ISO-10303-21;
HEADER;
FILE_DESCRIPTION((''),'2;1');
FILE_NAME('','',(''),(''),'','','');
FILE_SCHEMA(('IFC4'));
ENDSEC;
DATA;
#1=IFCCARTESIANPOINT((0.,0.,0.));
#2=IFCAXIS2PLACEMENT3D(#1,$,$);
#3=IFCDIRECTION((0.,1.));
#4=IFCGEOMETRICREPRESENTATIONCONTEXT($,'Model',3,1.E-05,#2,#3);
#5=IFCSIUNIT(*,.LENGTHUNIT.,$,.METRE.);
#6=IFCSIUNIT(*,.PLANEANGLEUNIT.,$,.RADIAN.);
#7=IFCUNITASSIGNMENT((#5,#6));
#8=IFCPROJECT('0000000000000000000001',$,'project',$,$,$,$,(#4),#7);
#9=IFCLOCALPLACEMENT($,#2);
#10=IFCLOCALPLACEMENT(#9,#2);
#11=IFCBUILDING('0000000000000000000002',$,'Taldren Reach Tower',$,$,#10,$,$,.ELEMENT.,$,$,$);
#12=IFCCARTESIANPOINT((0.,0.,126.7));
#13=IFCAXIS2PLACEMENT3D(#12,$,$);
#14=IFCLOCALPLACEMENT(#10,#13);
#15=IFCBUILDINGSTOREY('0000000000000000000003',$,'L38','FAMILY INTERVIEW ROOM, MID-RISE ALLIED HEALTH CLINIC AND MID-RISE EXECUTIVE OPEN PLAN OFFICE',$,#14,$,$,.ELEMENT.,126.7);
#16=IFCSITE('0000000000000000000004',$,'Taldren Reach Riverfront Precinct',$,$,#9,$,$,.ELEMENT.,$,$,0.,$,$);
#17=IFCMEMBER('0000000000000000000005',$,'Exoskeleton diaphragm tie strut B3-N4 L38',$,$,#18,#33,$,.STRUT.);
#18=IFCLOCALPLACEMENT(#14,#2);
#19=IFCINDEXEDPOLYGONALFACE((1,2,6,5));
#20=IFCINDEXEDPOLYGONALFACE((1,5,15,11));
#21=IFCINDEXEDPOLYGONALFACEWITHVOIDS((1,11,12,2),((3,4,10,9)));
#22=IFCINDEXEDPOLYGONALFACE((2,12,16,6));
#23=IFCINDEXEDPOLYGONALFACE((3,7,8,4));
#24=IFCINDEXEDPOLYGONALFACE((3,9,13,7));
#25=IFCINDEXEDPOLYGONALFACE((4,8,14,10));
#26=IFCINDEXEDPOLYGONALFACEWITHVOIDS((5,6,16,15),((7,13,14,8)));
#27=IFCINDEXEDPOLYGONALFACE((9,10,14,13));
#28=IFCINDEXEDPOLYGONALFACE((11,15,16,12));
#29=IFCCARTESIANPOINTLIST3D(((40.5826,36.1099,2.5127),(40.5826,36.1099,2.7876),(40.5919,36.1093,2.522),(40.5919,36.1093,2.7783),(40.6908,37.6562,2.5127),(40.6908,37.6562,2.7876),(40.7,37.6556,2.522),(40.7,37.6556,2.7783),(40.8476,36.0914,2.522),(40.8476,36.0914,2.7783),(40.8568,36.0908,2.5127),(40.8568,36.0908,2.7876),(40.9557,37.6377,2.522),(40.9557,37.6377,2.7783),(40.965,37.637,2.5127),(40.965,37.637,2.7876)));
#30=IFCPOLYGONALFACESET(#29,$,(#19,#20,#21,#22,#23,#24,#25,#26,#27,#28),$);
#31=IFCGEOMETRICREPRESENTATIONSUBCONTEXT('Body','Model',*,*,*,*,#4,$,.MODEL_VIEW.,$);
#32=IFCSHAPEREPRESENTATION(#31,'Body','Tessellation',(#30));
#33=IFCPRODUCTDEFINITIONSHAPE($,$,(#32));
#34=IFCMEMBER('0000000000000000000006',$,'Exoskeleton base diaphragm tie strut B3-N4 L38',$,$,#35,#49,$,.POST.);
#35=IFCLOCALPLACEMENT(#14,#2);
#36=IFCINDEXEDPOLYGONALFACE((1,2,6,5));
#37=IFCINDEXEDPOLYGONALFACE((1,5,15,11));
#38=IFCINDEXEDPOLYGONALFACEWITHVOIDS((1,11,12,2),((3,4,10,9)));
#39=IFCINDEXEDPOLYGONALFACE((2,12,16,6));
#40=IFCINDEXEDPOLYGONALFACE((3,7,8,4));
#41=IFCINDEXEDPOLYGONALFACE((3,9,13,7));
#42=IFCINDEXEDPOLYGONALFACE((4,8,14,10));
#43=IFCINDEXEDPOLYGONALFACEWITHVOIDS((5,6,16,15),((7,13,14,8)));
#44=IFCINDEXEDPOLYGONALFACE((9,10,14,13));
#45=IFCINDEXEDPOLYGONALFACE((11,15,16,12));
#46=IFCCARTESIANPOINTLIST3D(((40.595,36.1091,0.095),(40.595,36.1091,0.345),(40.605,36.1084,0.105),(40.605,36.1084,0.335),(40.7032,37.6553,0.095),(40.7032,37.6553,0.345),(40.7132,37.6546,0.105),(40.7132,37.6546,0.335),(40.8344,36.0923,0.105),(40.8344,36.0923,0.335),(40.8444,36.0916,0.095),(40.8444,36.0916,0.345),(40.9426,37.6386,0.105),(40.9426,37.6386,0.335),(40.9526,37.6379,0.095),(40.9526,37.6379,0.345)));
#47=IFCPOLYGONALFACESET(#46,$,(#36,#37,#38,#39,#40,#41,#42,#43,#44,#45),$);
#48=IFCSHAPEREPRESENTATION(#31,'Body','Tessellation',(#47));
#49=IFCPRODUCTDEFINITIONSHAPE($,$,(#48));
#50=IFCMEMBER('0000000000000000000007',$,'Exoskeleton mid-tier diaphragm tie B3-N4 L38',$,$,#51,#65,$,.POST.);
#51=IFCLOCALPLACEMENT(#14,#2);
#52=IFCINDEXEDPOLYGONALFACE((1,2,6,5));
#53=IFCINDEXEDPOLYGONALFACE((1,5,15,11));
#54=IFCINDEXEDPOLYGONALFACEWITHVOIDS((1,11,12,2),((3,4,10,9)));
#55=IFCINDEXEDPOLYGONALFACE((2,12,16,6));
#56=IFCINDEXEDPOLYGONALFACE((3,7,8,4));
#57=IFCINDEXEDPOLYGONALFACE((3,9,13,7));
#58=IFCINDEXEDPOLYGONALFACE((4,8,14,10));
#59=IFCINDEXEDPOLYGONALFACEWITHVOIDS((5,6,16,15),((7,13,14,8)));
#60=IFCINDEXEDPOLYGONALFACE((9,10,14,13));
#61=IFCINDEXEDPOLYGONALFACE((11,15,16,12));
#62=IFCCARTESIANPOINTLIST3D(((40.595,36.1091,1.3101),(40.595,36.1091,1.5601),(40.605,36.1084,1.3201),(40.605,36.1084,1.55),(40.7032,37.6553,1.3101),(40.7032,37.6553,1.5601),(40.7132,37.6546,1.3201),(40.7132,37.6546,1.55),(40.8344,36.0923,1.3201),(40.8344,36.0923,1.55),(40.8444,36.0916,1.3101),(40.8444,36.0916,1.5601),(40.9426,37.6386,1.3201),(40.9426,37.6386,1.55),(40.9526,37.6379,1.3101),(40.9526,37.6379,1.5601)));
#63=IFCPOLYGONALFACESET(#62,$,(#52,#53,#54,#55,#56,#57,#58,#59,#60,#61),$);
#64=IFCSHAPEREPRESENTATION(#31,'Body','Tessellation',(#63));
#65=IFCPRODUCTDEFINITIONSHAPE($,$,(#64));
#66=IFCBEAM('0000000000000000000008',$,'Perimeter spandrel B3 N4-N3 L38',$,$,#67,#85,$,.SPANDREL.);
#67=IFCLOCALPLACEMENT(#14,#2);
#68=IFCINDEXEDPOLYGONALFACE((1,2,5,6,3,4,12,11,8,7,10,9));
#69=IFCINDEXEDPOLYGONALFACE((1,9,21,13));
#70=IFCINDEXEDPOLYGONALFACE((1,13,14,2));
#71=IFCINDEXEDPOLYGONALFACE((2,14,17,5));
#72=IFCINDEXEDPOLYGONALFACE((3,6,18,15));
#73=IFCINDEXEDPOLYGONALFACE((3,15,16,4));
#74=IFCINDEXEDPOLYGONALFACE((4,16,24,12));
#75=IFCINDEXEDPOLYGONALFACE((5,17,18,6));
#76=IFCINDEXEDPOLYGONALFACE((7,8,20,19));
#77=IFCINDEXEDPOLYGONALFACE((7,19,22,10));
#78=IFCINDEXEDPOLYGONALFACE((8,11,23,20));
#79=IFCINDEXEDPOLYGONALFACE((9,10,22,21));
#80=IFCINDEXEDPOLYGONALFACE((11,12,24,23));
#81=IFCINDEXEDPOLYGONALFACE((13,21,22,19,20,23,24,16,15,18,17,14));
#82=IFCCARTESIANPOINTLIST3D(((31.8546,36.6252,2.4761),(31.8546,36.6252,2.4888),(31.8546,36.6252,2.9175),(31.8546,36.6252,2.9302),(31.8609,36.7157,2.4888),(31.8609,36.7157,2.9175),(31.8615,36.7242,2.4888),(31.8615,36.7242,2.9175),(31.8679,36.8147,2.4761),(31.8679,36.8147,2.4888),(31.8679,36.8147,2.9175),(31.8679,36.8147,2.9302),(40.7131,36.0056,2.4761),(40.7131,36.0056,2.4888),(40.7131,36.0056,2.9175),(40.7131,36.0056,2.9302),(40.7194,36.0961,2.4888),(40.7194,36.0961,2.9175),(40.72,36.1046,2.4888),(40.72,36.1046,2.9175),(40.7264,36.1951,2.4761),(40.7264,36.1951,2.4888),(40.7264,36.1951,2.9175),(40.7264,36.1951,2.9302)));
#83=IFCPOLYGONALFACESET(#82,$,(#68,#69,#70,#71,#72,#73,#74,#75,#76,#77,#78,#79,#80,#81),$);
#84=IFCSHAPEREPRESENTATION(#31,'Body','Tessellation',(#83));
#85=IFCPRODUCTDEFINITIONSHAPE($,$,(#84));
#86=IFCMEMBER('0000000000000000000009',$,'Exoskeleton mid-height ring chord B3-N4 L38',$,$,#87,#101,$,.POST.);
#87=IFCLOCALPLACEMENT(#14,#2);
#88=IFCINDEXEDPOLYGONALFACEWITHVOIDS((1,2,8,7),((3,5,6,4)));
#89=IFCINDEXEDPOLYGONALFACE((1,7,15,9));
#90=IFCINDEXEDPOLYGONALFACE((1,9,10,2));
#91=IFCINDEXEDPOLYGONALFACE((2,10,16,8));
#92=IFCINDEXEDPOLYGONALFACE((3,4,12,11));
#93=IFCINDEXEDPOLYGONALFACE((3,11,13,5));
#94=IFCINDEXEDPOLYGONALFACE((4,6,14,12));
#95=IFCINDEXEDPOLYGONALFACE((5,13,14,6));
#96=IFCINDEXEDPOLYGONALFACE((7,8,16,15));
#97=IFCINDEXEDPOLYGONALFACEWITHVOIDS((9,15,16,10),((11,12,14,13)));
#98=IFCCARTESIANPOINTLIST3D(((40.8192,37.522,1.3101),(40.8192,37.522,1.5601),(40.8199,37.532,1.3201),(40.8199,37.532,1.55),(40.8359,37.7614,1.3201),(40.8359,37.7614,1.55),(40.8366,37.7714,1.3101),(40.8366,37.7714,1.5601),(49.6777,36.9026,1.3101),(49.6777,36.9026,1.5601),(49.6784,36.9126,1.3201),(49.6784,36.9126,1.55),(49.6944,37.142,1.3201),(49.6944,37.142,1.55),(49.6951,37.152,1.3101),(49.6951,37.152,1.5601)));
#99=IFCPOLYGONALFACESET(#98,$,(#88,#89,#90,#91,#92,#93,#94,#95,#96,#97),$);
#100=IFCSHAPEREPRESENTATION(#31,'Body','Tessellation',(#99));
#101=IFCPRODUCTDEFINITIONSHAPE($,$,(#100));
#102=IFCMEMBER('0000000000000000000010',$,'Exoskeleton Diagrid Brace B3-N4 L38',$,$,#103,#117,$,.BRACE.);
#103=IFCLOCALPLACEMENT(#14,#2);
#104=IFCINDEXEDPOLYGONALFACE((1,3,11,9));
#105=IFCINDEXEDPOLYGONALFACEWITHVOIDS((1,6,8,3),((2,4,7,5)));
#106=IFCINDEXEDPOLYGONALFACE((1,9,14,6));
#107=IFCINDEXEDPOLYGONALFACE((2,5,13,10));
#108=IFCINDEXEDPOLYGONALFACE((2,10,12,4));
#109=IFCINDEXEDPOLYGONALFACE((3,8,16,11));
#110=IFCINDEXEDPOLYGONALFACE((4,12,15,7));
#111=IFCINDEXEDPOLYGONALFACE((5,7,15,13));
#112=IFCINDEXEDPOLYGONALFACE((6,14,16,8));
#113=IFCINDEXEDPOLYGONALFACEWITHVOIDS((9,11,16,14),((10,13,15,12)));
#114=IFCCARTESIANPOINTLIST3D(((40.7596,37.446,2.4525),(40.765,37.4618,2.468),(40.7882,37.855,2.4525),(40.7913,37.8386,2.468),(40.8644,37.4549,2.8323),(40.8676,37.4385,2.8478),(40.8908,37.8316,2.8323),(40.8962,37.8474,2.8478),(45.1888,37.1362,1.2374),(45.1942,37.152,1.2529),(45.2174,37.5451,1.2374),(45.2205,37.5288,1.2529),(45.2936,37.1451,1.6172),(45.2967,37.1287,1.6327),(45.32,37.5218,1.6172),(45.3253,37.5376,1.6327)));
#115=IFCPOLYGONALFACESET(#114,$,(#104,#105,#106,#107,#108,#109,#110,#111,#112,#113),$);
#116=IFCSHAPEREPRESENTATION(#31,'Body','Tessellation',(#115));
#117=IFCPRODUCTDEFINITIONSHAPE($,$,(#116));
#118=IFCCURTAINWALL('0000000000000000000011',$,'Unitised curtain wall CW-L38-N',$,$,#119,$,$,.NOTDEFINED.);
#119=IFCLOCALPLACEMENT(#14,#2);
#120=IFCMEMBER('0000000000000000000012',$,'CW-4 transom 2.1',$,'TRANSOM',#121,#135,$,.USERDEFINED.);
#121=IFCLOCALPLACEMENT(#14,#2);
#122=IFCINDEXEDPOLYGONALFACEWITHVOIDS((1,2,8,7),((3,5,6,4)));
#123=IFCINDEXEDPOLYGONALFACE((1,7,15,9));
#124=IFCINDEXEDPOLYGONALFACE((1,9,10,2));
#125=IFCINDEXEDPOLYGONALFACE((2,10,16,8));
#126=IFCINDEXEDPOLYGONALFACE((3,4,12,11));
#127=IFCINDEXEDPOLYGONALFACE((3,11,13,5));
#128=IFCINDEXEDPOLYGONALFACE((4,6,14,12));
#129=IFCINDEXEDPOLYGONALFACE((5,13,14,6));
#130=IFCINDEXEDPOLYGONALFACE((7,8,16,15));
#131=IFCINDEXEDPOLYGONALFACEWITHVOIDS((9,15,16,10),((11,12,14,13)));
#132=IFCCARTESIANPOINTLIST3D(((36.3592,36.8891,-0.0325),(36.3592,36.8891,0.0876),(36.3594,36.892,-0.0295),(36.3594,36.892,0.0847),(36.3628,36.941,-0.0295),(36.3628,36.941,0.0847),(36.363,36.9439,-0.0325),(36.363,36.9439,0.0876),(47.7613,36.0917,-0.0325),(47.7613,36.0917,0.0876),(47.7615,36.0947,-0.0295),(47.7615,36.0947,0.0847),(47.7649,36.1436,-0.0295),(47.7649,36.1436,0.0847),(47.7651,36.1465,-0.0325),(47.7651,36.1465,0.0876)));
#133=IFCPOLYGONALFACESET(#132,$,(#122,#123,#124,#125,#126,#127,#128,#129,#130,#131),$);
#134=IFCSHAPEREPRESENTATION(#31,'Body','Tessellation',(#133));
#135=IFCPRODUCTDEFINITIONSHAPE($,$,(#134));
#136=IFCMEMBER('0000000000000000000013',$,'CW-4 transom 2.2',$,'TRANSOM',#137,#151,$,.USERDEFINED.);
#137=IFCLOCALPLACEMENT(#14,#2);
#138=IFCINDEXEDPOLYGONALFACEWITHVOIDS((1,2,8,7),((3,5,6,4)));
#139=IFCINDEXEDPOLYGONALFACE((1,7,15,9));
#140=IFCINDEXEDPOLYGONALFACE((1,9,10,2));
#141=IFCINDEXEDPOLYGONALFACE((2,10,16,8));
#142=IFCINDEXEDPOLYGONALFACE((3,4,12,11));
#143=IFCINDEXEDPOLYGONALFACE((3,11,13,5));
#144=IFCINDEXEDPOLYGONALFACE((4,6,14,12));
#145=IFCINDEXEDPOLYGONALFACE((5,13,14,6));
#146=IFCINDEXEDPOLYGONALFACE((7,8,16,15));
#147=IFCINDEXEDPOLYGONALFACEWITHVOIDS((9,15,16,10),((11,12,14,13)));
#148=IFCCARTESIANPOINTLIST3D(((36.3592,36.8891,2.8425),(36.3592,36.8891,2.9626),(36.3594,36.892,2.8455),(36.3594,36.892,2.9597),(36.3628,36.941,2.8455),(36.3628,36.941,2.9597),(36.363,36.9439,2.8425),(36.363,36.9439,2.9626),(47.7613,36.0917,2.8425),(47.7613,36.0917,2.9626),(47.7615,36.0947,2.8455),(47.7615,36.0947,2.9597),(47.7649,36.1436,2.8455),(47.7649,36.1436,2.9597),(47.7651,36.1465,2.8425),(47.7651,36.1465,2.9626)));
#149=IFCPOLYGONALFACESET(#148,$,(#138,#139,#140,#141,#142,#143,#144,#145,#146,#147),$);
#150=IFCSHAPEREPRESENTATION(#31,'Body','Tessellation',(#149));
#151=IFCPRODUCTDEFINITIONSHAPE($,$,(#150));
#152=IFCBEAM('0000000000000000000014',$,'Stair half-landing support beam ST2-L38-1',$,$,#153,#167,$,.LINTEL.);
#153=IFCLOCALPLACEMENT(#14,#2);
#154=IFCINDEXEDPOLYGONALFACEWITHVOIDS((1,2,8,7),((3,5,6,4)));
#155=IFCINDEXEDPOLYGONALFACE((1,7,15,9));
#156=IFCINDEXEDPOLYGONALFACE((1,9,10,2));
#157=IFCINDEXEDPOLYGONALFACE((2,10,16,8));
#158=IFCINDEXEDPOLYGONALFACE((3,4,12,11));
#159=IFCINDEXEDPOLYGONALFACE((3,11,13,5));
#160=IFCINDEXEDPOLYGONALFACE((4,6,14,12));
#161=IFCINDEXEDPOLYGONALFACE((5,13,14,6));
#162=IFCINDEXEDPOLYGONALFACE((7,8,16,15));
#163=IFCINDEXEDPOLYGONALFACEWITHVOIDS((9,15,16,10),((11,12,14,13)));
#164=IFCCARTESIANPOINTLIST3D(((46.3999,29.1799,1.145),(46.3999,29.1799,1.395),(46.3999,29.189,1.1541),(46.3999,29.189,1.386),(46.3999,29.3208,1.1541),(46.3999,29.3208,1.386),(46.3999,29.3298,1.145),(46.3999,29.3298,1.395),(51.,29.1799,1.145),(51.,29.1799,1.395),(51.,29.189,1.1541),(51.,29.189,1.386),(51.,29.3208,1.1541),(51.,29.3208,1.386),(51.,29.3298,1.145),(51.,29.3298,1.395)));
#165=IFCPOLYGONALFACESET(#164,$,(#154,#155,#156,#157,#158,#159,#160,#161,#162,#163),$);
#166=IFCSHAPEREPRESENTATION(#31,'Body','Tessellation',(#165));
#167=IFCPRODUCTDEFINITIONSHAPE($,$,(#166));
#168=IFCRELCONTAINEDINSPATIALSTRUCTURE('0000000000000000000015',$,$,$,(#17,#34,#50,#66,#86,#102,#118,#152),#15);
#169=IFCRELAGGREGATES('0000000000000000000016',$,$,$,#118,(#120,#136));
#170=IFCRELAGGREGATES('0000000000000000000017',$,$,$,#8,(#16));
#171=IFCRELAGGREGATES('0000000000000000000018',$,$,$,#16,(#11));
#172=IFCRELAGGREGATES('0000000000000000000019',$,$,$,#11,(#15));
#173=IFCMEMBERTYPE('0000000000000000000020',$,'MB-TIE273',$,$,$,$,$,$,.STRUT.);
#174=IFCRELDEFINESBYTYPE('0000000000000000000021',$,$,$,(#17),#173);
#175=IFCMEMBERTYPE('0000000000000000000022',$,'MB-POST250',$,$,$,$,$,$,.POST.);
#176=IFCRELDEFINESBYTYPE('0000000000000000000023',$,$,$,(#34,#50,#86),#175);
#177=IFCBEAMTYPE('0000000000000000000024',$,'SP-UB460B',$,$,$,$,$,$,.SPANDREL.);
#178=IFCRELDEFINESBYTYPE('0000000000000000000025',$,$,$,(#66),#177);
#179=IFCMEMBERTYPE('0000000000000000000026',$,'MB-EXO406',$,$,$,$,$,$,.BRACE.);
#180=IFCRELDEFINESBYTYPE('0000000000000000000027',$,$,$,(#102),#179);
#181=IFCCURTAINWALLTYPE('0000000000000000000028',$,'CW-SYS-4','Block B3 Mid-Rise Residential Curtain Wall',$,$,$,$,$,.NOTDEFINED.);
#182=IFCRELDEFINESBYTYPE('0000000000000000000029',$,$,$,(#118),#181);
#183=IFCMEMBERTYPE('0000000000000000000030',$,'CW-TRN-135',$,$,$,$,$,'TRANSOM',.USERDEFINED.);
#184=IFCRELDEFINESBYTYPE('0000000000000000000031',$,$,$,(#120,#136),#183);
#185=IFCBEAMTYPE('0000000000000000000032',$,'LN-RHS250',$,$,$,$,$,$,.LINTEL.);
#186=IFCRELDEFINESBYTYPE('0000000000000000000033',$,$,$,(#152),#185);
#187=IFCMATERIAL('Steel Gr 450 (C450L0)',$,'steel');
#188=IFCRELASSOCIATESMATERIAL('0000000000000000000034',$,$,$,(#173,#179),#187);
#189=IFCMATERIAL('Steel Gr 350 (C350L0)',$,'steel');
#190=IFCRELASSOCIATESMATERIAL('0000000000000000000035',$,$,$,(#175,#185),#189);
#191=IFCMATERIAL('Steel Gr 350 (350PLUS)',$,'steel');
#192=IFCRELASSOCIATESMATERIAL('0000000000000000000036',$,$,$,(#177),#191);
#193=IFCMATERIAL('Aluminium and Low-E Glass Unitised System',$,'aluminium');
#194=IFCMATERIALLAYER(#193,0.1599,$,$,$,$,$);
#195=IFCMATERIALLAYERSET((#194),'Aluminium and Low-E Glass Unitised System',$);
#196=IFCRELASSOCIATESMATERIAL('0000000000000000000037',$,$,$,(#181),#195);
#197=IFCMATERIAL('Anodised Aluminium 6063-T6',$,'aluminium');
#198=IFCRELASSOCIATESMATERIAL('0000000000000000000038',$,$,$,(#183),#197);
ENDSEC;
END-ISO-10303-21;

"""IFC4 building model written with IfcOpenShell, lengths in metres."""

from ifc_helpers import new_model, si_unit, direction, frame, origin, origin_2d, place, context, subcontext, project, spatial, hollow_rectangle, i_section, extrude, source, transform, mapped, material, layer, layer_set, material_profile, profile_set, type_object, element, aggregate, save


model = new_model("IFC4")

# Units and contexts
model_context = context("Model", 3, precision=1e-05, world=origin(), true_north=direction((0.0, 1.0)))
body_context = subcontext(model_context, "Body", "Model", "MODEL_VIEW")
ifc_project = project(units=[si_unit("LENGTHUNIT", "METRE"), si_unit("PLANEANGLEUNIT", "RADIAN")], contexts=[model_context])

# Site, building, storey
site_placement = place(None, origin())
site = spatial("IfcSite", under=ifc_project, at=site_placement, Name="Taldren Reach Riverfront Precinct", CompositionType="ELEMENT", RefElevation=0.0)
building_placement = place(site_placement, origin())
building = spatial("IfcBuilding", under=site, at=building_placement, Name="Taldren Reach Tower", CompositionType="ELEMENT")
storey_placement = place(building_placement, frame((0.0, 0.0, 126.7)))
storey = spatial("IfcBuildingStorey", under=building, at=storey_placement, Name="L38", Description="FAMILY INTERVIEW ROOM, MID-RISE ALLIED HEALTH CLINIC AND MID-RISE EXECUTIVE OPEN PLAN OFFICE", CompositionType="ELEMENT", Elevation=126.7)

# Members
ifc_material_1 = material(Name="Steel Gr 450 (C450L0)", Category="steel")
ifc_material_profile_1 = material_profile(ifc_material_1, hollow_rectangle(XDim=0.2749, YDim=0.2749, WallThickness=0.0093, at=origin_2d()), Name="275x275x9.3SHS")
ifc_profile_set_1 = profile_set([ifc_material_profile_1], Name="Steel Gr 450 (C450L0)")
member_type_1 = type_object("IfcMemberType", Name="MB-TIE273", PredefinedType="STRUT", material=ifc_profile_set_1)
shared_shape_1 = source(origin(), body_context, "Body", "SweptSolid", [
    extrude(hollow_rectangle(XDim=0.2749, YDim=0.2749, WallThickness=0.0093, at=origin_2d()), origin(), (0.0, 0.0, 1.0), 1.55),
])
member_1_placement = place(storey_placement, frame((40.7197, 36.1003, 2.6501), z_axis=(0.06977, 0.997563, 0.0), x_axis=(-0.997563, 0.06977, 0.0)))
element("IfcMember", 1, at=member_1_placement, inside=storey, type_object=member_type_1, Name="Exoskeleton diaphragm tie strut B3-N4 L38", PredefinedType="STRUT", context=body_context, shape_type="MappedRepresentation", body=[
    mapped(shared_shape_1, transform((0.0, 0.0, 0.0), scale=1.0)),
])
ifc_material_2 = material(Name="Steel Gr 350 (C350L0)", Category="steel")
ifc_material_profile_2 = material_profile(ifc_material_2, hollow_rectangle(XDim=0.25, YDim=0.25, WallThickness=0.01, at=origin_2d()), Name="250x250x10.0SHS")
ifc_profile_set_2 = profile_set([ifc_material_profile_2], Name="Steel Gr 350 (C350L0)")
member_type_2 = type_object("IfcMemberType", Name="MB-POST250", PredefinedType="POST", material=ifc_profile_set_2)
shared_shape_2 = source(origin(), body_context, "Body", "SweptSolid", [
    extrude(hollow_rectangle(XDim=0.25, YDim=0.25, WallThickness=0.01, at=origin_2d()), origin(), (0.0, 0.0, 1.0), 1.55),
])
for number, where, z_axis, x_axis, name in (
    (2, (40.7197, 36.1003, 0.22), (0.06977, 0.997563, 0.0), (-0.997563, 0.06977, 0.0), "Exoskeleton base diaphragm tie strut B3-N4 L38"),
    (3, (40.7197, 36.1003, 1.4351), (0.06977, 0.997563, 0.0), (-0.997563, 0.06977, 0.0), "Exoskeleton mid-tier diaphragm tie B3-N4 L38"),
):
    element("IfcMember", number, at=place(storey_placement, frame(where, z_axis=z_axis, x_axis=x_axis)), inside=storey, type_object=member_type_2, Name=name, PredefinedType="POST", context=body_context, shape_type="MappedRepresentation", body=[
        mapped(shared_shape_2, transform((0.0, 0.0, 0.0), scale=1.0)),
    ])

# Beam
ifc_material_3 = material(Name="Steel Gr 350 (350PLUS)", Category="steel")
ifc_material_profile_3 = material_profile(ifc_material_3, i_section(OverallWidth=0.1899, OverallDepth=0.4541, WebThickness=0.0085, FlangeThickness=0.0127, at=origin_2d()), Name="460UB67.1")
ifc_profile_set_3 = profile_set([ifc_material_profile_3], Name="Steel Gr 350 (350PLUS)")
beam_type_1 = type_object("IfcBeamType", Name="SP-UB460B", PredefinedType="SPANDREL", material=ifc_profile_set_3)
shared_shape_3 = source(origin(), body_context, "Body", "SweptSolid", [
    extrude(i_section(OverallWidth=0.1899, OverallDepth=0.4541, WebThickness=0.0085, FlangeThickness=0.0127, at=origin_2d()), origin(), (0.0, 0.0, 1.0), 8.8801),
])
beam_placement = place(storey_placement, frame((40.7197, 36.1003, 2.7031), z_axis=(-0.997563, 0.069778, 0.0), x_axis=(-0.069778, -0.997563, 0.0)))
element("IfcBeam", 4, at=beam_placement, inside=storey, type_object=beam_type_1, Name="Perimeter spandrel B3 N4-N3 L38", PredefinedType="SPANDREL", context=body_context, shape_type="MappedRepresentation", body=[
    mapped(shared_shape_3, transform((0.0, 0.0, 0.0), scale=1.0)),
])

# Members
shared_shape_4 = source(origin(), body_context, "Body", "SweptSolid", [
    extrude(hollow_rectangle(XDim=0.25, YDim=0.25, WallThickness=0.01, at=origin_2d()), origin(), (0.0, 0.0, 1.0), 8.8801),
])
member_2_placement = place(storey_placement, frame((40.8279, 37.6467, 1.4351), z_axis=(0.997564, -0.06975, 0.0), x_axis=(0.06975, 0.997564, 0.0)))
element("IfcMember", 5, at=member_2_placement, inside=storey, type_object=member_type_2, Name="Exoskeleton mid-height ring chord B3-N4 L38", PredefinedType="POST", context=body_context, shape_type="MappedRepresentation", body=[
    mapped(shared_shape_4, transform((0.0, 0.0, 0.0), scale=1.0)),
])
ifc_material_profile_4 = material_profile(ifc_material_1, hollow_rectangle(XDim=0.4099, YDim=0.4099, WallThickness=0.0161, at=origin_2d()), Name="410x410x16.0SHS")
ifc_profile_set_4 = profile_set([ifc_material_profile_4], Name="Steel Gr 450 (C450L0)")
member_type_3 = type_object("IfcMemberType", Name="MB-EXO406", PredefinedType="BRACE", material=ifc_profile_set_4)
shared_shape_5 = source(origin(), body_context, "Body", "SweptSolid", [
    extrude(hollow_rectangle(XDim=0.4099, YDim=0.4099, WallThickness=0.0161, at=origin_2d()), origin(), (0.0, 0.0, 1.0), 4.6033),
])
member_3_placement = place(storey_placement, frame((45.2571, 37.3369, 1.4351), z_axis=(-0.962182, 0.067303, 0.263961), x_axis=(-0.069778, -0.997563, 0.0)))
element("IfcMember", 6, at=member_3_placement, inside=storey, type_object=member_type_3, Name="Exoskeleton Diagrid Brace B3-N4 L38", PredefinedType="BRACE", context=body_context, shape_type="MappedRepresentation", body=[
    mapped(shared_shape_5, transform((0.0, 0.0, 0.0), scale=1.0)),
])

# Curtain wall, members
ifc_material_4 = material(Name="Aluminium and Low-E Glass Unitised System", Category="aluminium")
ifc_layer_1 = layer(ifc_material_4, 0.1599)
ifc_layer_set_1 = layer_set([ifc_layer_1], Name="Aluminium and Low-E Glass Unitised System")
curtain_wall_type = type_object("IfcCurtainWallType", Name="CW-SYS-4", Description="Block B3 Mid-Rise Residential Curtain Wall", PredefinedType="NOTDEFINED", material=ifc_layer_set_1)
curtain_wall_placement = place(storey_placement, origin())
curtain_wall = element("IfcCurtainWall", 7, at=curtain_wall_placement, inside=storey, type_object=curtain_wall_type, Name="Unitised curtain wall CW-L38-N", PredefinedType="NOTDEFINED")
ifc_material_5 = material(Name="Anodised Aluminium 6063-T6", Category="aluminium")
ifc_material_profile_5 = material_profile(ifc_material_5, hollow_rectangle(XDim=0.0549, YDim=0.1201, WallThickness=0.0029, at=origin_2d()), Name="ALU-120x55x3RHS")
ifc_profile_set_5 = profile_set([ifc_material_profile_5], Name="Anodised Aluminium 6063-T6")
member_type_4 = type_object("IfcMemberType", Name="CW-TRN-135", ElementType="TRANSOM", PredefinedType="USERDEFINED", material=ifc_profile_set_5)
shared_shape_6 = source(origin(), body_context, "Body", "SweptSolid", [
    extrude(hollow_rectangle(XDim=0.0549, YDim=0.1201, WallThickness=0.0029, at=origin_2d()), origin(), (0.0, 0.0, 1.0), 11.4299),
])
member_4_placement = place(storey_placement, frame((47.7632, 36.1191, 0.0276), z_axis=(-0.997564, 0.069761, 0.0), x_axis=(-0.069761, -0.997564, 0.0)))
member_4 = element("IfcMember", 8, at=member_4_placement, type_object=member_type_4, Name="CW-4 transom 2.1", ObjectType="TRANSOM", PredefinedType="USERDEFINED", context=body_context, shape_type="MappedRepresentation", body=[
    mapped(shared_shape_6, transform((0.0, 0.0, 0.0), scale=1.0)),
])
member_5_placement = place(storey_placement, frame((47.7632, 36.1191, 2.9026), z_axis=(-0.997564, 0.069761, 0.0), x_axis=(-0.069761, -0.997564, 0.0)))
member_5 = element("IfcMember", 9, at=member_5_placement, type_object=member_type_4, Name="CW-4 transom 2.2", ObjectType="TRANSOM", PredefinedType="USERDEFINED", context=body_context, shape_type="MappedRepresentation", body=[
    mapped(shared_shape_6, transform((0.0, 0.0, 0.0), scale=1.0)),
])

# Beam
ifc_material_profile_6 = material_profile(ifc_material_2, hollow_rectangle(XDim=0.1499, YDim=0.25, WallThickness=0.009, at=origin_2d()), Name="250x150x9.0RHS")
ifc_profile_set_6 = profile_set([ifc_material_profile_6], Name="Steel Gr 350 (C350L0)")
beam_type_2 = type_object("IfcBeamType", Name="LN-RHS250", PredefinedType="LINTEL", material=ifc_profile_set_6)
shared_shape_7 = source(origin(), body_context, "Body", "SweptSolid", [
    extrude(hollow_rectangle(XDim=0.1499, YDim=0.25, WallThickness=0.009, at=origin_2d()), origin(), (0.0, 0.0, 1.0), 4.6001),
])
for number, where, z_axis, x_axis, name in (
    (10, (46.3999, 29.2549, 1.27), (1.0, 0.0, 0.0), (0.0, 1.0, 0.0), "Stair half-landing support beam ST2-L38-1"),
):
    element("IfcBeam", number, at=place(storey_placement, frame(where, z_axis=z_axis, x_axis=x_axis)), inside=storey, type_object=beam_type_2, Name=name, PredefinedType="LINTEL", context=body_context, shape_type="MappedRepresentation", body=[
        mapped(shared_shape_7, transform((0.0, 0.0, 0.0), scale=1.0)),
    ])

aggregate(curtain_wall, [member_4, member_5])

save(model, "model.ifc")
